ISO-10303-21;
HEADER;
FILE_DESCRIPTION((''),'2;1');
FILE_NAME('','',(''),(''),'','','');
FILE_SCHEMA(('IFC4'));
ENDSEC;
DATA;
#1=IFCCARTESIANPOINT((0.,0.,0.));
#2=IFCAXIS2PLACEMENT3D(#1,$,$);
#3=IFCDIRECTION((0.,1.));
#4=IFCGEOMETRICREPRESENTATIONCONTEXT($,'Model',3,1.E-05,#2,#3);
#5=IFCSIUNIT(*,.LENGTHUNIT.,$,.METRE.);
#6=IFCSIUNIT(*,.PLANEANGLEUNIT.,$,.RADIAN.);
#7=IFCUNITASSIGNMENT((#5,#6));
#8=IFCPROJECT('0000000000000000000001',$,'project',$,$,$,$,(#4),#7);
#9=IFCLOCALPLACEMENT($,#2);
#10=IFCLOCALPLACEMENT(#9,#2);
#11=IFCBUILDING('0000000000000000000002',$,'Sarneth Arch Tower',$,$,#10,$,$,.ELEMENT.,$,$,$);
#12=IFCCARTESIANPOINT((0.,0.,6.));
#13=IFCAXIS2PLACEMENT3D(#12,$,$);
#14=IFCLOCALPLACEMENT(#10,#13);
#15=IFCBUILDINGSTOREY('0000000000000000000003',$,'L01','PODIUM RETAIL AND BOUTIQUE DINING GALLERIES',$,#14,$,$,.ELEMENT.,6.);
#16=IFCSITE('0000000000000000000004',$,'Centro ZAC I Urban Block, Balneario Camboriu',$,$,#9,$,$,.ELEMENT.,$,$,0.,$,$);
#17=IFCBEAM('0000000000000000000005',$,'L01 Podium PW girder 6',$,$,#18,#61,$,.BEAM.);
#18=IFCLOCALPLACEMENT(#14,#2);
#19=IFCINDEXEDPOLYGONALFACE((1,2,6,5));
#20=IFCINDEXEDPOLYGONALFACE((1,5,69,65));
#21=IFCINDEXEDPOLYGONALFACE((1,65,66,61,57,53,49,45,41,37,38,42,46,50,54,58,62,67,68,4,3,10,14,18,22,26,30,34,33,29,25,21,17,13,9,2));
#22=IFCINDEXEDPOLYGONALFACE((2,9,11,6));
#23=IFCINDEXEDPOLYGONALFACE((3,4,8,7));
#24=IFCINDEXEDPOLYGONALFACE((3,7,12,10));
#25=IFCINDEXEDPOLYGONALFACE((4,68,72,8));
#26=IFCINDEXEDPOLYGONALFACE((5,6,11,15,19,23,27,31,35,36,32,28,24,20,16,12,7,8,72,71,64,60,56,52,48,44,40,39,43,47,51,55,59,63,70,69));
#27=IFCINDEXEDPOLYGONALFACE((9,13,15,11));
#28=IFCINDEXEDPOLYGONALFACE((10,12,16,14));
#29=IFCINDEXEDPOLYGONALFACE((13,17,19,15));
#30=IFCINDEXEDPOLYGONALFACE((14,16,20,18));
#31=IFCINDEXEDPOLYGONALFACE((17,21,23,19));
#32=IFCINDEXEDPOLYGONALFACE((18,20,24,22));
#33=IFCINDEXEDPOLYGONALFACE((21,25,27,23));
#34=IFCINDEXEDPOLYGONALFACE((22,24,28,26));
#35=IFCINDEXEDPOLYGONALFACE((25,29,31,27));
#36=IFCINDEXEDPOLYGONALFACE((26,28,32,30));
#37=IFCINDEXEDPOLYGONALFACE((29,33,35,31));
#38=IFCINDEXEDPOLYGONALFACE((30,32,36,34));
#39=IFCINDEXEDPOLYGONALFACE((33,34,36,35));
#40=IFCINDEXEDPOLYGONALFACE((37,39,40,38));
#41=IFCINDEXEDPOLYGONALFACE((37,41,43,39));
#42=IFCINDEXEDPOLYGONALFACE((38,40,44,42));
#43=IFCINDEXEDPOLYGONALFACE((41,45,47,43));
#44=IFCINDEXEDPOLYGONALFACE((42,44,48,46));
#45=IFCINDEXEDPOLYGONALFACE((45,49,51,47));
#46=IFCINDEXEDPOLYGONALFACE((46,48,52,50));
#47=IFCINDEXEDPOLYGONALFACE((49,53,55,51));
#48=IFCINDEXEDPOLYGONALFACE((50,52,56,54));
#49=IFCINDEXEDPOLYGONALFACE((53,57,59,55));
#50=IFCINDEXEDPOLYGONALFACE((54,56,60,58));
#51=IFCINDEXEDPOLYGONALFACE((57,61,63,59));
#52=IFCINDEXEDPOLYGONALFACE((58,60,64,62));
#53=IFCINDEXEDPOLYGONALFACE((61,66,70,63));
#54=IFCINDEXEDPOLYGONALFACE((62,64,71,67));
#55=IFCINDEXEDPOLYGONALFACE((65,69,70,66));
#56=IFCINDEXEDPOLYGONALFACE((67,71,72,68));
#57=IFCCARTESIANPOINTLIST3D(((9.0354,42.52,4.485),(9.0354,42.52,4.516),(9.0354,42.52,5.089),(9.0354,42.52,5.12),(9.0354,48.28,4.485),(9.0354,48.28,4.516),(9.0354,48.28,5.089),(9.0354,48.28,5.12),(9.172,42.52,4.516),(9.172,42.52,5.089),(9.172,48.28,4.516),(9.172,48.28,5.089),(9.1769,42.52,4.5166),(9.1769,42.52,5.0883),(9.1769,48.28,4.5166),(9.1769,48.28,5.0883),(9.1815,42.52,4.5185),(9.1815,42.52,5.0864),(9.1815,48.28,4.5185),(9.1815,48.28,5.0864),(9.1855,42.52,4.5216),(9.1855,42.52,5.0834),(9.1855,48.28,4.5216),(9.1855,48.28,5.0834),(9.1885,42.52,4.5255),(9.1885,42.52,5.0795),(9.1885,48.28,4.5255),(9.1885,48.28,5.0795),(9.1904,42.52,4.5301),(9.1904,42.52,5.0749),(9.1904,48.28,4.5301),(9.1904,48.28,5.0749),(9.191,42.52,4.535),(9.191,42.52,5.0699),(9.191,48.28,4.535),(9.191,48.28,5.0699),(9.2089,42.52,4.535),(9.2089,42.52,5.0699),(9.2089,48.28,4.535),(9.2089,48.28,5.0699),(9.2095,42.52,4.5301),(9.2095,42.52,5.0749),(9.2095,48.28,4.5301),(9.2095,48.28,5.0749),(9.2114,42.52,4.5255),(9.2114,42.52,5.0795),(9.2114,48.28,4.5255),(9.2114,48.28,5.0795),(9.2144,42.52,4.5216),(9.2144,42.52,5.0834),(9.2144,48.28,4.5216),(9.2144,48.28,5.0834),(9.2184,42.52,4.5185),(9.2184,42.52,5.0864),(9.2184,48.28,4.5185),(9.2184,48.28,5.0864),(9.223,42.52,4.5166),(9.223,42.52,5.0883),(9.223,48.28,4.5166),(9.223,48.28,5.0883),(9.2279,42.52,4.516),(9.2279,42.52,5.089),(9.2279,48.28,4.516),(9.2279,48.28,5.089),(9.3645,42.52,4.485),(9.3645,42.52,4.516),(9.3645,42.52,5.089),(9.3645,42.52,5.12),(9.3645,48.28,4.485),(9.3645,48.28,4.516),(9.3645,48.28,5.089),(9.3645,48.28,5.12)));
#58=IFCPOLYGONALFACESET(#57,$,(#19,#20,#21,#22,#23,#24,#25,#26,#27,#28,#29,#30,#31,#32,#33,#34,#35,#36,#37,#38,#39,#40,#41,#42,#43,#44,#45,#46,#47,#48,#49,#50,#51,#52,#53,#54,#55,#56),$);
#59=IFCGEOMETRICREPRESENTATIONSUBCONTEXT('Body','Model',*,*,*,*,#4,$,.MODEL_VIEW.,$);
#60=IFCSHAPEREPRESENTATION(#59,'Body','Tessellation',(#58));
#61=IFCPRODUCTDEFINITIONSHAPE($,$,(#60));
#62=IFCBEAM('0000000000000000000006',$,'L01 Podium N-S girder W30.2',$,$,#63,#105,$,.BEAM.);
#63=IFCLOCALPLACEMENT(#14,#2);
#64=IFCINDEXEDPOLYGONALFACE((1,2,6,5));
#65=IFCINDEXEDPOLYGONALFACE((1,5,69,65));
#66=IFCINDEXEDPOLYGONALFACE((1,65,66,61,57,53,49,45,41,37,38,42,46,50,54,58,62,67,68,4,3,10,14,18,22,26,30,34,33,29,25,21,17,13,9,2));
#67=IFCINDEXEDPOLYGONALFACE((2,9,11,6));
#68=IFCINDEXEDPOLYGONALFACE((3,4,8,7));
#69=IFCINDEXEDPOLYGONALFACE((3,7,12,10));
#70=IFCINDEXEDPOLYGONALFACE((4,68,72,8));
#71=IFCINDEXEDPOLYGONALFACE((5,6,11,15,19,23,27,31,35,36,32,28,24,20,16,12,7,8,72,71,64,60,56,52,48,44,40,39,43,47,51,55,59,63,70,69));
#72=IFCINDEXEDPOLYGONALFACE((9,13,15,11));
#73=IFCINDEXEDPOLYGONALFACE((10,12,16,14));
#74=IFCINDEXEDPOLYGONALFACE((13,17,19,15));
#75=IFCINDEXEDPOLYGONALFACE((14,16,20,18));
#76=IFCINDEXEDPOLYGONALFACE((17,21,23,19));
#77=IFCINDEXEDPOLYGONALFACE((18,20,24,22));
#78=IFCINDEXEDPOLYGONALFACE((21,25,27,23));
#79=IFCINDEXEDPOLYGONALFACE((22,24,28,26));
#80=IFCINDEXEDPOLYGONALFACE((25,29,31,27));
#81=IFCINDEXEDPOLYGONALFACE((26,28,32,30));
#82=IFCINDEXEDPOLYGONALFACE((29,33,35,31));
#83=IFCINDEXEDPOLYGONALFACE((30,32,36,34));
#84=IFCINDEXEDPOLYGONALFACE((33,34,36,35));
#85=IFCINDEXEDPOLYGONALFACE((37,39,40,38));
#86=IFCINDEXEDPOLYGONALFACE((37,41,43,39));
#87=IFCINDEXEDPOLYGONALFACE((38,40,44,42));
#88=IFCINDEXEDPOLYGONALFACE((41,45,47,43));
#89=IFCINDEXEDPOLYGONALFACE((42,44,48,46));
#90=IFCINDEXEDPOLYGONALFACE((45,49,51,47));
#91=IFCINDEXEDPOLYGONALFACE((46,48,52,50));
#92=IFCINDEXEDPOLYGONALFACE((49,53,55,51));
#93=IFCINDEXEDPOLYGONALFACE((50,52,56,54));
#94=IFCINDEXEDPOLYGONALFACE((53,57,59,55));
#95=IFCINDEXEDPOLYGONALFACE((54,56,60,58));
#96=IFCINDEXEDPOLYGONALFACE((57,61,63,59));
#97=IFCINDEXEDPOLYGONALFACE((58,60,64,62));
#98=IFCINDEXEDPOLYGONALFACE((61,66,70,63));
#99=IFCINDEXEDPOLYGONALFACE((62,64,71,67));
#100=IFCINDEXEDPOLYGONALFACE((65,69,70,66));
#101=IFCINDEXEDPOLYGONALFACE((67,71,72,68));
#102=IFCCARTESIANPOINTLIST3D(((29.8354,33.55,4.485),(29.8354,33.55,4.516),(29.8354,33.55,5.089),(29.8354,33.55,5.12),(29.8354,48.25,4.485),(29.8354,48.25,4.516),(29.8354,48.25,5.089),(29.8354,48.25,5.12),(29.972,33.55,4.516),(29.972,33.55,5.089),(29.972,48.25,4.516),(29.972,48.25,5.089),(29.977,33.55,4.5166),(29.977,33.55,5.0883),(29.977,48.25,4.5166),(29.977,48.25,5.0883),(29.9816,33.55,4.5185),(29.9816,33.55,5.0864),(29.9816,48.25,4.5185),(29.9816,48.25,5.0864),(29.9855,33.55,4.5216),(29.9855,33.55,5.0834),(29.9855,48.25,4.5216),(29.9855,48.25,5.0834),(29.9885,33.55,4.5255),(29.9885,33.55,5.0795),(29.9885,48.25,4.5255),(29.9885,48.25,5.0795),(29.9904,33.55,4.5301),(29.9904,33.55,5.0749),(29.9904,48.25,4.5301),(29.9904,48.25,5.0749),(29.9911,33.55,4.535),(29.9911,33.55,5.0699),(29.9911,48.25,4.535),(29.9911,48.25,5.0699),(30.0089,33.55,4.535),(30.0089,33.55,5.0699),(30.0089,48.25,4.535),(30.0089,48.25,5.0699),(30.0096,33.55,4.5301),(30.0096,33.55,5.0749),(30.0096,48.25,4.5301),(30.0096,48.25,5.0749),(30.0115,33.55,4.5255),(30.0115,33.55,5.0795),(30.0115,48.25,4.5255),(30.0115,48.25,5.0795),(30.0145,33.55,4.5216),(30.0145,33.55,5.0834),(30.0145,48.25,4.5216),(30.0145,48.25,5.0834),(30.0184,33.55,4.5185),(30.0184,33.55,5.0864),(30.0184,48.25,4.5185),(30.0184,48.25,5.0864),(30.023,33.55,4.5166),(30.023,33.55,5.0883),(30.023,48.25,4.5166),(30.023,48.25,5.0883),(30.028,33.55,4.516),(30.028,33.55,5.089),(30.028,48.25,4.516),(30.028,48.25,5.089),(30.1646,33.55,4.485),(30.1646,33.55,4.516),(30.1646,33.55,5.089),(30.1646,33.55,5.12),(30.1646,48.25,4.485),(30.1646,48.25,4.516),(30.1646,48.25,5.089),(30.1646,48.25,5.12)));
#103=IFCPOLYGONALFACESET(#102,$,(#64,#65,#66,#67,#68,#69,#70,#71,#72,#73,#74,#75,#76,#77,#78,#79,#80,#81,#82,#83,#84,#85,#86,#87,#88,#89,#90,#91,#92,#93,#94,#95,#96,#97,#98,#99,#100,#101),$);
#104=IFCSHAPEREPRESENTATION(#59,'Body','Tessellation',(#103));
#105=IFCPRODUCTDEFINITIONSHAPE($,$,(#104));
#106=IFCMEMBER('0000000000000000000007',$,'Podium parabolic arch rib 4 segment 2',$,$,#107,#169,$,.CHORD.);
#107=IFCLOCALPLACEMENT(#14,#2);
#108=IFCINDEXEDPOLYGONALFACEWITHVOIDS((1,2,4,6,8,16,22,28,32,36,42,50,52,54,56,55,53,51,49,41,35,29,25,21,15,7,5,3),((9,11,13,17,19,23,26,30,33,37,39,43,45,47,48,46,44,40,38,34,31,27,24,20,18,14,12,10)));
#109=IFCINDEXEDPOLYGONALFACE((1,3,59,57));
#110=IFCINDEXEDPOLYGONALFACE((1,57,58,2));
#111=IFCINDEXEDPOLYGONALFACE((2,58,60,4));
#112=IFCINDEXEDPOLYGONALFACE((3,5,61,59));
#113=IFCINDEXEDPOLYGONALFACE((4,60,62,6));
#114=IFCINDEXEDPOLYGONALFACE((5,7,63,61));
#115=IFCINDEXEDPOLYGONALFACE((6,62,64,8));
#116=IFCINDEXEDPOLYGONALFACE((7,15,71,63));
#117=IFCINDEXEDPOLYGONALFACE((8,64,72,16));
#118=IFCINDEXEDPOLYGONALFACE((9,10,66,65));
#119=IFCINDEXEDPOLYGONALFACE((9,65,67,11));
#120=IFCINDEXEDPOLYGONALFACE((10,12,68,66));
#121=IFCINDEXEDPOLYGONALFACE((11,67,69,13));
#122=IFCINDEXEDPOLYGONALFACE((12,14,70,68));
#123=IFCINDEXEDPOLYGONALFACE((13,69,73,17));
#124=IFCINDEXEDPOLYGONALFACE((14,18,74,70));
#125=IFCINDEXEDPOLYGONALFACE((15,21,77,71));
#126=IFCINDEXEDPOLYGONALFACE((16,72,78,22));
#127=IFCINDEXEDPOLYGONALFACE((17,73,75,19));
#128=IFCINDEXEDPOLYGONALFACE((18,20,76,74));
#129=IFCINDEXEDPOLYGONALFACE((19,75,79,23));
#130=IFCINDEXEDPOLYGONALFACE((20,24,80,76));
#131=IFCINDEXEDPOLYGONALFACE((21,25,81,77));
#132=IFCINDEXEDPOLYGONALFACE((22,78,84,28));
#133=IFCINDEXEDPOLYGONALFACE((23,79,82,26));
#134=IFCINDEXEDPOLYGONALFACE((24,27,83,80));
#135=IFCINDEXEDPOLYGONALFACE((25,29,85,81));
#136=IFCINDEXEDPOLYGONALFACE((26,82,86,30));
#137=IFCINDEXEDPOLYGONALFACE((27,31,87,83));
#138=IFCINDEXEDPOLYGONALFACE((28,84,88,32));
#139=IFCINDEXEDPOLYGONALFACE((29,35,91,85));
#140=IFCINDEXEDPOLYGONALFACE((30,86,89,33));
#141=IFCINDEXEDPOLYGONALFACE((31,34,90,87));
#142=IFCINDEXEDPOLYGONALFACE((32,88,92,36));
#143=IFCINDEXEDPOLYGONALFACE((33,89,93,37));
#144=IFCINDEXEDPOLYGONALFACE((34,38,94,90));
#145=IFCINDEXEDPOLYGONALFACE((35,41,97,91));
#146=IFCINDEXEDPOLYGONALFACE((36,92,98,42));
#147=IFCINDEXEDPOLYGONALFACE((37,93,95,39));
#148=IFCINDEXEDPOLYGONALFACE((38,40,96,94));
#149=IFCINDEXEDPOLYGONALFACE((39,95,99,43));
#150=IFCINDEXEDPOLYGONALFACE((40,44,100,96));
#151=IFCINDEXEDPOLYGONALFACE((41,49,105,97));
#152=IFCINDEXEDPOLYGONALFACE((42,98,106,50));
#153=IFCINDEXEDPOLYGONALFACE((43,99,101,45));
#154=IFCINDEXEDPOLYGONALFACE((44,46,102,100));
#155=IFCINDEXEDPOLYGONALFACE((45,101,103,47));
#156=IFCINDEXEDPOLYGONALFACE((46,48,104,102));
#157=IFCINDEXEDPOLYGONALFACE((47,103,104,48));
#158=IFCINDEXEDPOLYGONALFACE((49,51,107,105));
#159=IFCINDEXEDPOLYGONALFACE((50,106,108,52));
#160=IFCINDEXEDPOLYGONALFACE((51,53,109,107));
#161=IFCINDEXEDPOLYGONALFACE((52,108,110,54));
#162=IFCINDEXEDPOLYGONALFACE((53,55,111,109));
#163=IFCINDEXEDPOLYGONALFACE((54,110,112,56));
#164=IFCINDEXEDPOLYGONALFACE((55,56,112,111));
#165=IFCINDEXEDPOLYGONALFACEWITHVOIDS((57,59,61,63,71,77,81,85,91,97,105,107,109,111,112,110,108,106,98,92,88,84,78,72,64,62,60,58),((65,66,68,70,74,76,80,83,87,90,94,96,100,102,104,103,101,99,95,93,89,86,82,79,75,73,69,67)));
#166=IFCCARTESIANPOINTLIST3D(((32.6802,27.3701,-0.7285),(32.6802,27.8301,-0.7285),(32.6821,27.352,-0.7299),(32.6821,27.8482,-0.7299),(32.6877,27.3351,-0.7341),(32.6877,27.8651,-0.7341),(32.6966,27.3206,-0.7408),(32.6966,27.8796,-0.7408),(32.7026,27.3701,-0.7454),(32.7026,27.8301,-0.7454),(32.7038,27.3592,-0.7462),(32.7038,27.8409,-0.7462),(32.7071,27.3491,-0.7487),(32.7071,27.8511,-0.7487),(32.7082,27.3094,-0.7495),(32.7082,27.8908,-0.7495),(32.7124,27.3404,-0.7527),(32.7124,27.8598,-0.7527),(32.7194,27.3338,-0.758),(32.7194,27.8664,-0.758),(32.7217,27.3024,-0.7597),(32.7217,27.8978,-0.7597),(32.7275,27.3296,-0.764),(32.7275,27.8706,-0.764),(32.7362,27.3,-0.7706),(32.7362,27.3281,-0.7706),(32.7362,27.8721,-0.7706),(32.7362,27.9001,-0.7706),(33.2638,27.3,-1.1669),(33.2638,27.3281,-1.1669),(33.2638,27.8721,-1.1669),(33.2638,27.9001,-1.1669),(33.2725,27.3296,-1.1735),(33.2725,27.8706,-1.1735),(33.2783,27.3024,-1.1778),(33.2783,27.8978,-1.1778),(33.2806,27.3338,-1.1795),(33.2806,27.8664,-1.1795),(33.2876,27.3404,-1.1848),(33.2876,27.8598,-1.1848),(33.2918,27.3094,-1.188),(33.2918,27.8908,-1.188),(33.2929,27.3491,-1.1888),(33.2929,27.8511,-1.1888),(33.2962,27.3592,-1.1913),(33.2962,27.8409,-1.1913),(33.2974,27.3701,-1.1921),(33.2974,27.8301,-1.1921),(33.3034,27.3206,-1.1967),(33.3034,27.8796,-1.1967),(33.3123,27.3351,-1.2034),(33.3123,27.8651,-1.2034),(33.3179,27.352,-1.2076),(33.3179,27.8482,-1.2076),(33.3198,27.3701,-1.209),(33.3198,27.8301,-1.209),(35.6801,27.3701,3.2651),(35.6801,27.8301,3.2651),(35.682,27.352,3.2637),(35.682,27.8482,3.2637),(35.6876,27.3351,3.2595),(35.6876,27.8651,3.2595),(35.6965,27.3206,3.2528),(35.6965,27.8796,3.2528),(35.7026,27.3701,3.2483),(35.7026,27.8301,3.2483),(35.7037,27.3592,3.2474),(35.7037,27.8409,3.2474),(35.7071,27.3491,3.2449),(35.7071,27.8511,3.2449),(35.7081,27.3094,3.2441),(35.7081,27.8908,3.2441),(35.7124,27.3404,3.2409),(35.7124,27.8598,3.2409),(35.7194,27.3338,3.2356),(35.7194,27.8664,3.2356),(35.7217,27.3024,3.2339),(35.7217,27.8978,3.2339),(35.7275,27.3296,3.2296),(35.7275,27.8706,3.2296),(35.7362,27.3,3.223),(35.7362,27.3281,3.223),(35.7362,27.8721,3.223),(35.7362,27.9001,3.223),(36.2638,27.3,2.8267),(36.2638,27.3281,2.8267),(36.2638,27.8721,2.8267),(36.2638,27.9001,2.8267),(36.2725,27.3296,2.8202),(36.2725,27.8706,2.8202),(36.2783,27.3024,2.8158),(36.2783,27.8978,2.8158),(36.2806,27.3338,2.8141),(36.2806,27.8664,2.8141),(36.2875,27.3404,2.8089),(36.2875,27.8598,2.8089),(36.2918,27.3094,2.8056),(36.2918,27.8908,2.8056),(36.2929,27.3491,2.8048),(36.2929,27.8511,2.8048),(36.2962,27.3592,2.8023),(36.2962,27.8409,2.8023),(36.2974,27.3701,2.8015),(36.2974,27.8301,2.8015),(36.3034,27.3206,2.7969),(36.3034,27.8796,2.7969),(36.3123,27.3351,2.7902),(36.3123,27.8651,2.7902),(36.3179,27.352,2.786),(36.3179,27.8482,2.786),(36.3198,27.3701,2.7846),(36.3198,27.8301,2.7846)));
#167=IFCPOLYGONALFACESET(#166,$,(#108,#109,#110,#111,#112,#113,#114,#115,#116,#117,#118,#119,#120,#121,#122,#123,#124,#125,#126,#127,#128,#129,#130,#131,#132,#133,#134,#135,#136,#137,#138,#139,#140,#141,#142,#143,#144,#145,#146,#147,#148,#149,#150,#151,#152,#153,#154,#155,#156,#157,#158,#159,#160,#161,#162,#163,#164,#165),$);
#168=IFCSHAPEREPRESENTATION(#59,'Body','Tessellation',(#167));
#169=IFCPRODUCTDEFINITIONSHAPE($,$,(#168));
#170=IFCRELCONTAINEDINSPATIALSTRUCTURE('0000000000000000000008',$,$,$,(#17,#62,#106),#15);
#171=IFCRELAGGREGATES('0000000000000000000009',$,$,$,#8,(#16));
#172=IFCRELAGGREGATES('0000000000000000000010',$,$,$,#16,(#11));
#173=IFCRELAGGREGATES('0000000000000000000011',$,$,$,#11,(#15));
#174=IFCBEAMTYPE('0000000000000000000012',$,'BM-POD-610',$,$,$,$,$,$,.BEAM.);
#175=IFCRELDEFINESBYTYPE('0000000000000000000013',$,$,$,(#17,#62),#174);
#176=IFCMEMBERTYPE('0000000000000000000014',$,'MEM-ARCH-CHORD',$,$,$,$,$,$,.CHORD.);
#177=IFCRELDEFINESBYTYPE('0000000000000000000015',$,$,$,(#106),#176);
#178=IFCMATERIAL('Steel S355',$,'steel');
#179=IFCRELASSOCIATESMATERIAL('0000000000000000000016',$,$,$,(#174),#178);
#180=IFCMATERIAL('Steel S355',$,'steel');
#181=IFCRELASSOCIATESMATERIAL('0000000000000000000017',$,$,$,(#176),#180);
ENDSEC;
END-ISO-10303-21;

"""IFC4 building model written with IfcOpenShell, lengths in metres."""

from ifc_helpers import new_model, si_unit, direction, frame, origin, origin_2d, place, context, subcontext, project, spatial, hollow_rectangle, i_section, extrude, material, material_profile, profile_set, type_object, element, save


model = new_model("IFC4")

# Units and contexts
model_context = context("Model", 3, precision=1e-05, world=origin(), true_north=direction((0.0, 1.0)))
body_context = subcontext(model_context, "Body", "Model", "MODEL_VIEW")
ifc_project = project(units=[si_unit("LENGTHUNIT", "METRE"), si_unit("PLANEANGLEUNIT", "RADIAN")], contexts=[model_context])

# Site, building, storey
site_placement = place(None, origin())
site = spatial("IfcSite", under=ifc_project, at=site_placement, Name="Centro ZAC I Urban Block, Balneario Camboriu", CompositionType="ELEMENT", RefElevation=0.0)
building_placement = place(site_placement, origin())
building = spatial("IfcBuilding", under=site, at=building_placement, Name="Sarneth Arch Tower", CompositionType="ELEMENT")
storey_placement = place(building_placement, frame((0.0, 0.0, 6.0)))
storey = spatial("IfcBuildingStorey", under=building, at=storey_placement, Name="L01", Description="PODIUM RETAIL AND BOUTIQUE DINING GALLERIES", CompositionType="ELEMENT", Elevation=6.0)

# Beams
ifc_material_1 = material(Name="Steel S355", Category="steel")
ifc_material_profile_1 = material_profile(ifc_material_1, i_section(OverallWidth=0.3291, OverallDepth=0.635, WebThickness=0.0178, FlangeThickness=0.031, FilletRadius=0.019, at=origin_2d()), Name="W610x241")
ifc_profile_set_1 = profile_set([ifc_material_profile_1], Name="Steel S355")
beam_type = type_object("IfcBeamType", Name="BM-POD-610", PredefinedType="BEAM", material=ifc_profile_set_1)
beam_1_placement = place(storey_placement, frame((9.2, 42.52, 4.8025), z_axis=(0.0, 1.0, 0.0), x_axis=(-1.0, 0.0, 0.0)))
element("IfcBeam", 1, at=beam_1_placement, inside=storey, type_object=beam_type, Name="L01 Podium PW girder 6", PredefinedType="BEAM", context=body_context, shape_type="SweptSolid", body=[
    extrude(i_section(OverallWidth=0.3291, OverallDepth=0.635, WebThickness=0.0178, FlangeThickness=0.031, FilletRadius=0.019, at=origin_2d()), origin(), (0.0, 0.0, 1.0), 5.76),
])
beam_2_placement = place(storey_placement, frame((30.0, 33.55, 4.8025), z_axis=(0.0, 1.0, 0.0), x_axis=(-1.0, 0.0, 0.0)))
element("IfcBeam", 2, at=beam_2_placement, inside=storey, type_object=beam_type, Name="L01 Podium N-S girder W30.2", PredefinedType="BEAM", context=body_context, shape_type="SweptSolid", body=[
    extrude(i_section(OverallWidth=0.3291, OverallDepth=0.635, WebThickness=0.0178, FlangeThickness=0.031, FilletRadius=0.019, at=origin_2d()), origin(), (0.0, 0.0, 1.0), 14.7),
])

# Member
ifc_material_2 = material(Name="Steel S355", Category="steel")
ifc_material_profile_2 = material_profile(ifc_material_2, hollow_rectangle(XDim=0.6001, YDim=0.8, WallThickness=0.0281, InnerFilletRadius=0.042, OuterFilletRadius=0.0701, at=origin_2d()), Name="RHS800x600x28")
ifc_profile_set_2 = profile_set([ifc_material_profile_2], Name="Steel S355")
member_type_1 = type_object("IfcMemberType", Name="MEM-ARCH-CHORD", PredefinedType="CHORD", material=ifc_profile_set_2)
for number, where, z_axis, x_axis, name in (
    (3, (33.0, 27.6001, -0.9688), (0.60061, 0.0, 0.799542), (0.0, 1.0, 0.0), "Podium parabolic arch rib 4 segment 2"),
):
    element("IfcMember", number, at=place(storey_placement, frame(where, z_axis=z_axis, x_axis=x_axis)), inside=storey, type_object=member_type_1, Name=name, PredefinedType="CHORD", context=body_context, shape_type="SweptSolid", body=[
        extrude(hollow_rectangle(XDim=0.6001, YDim=0.8, WallThickness=0.0281, InnerFilletRadius=0.042, OuterFilletRadius=0.0701, at=origin_2d()), origin(), (0.0, 0.0, 1.0), 4.9949),
    ])

save(model, "model.ifc")
